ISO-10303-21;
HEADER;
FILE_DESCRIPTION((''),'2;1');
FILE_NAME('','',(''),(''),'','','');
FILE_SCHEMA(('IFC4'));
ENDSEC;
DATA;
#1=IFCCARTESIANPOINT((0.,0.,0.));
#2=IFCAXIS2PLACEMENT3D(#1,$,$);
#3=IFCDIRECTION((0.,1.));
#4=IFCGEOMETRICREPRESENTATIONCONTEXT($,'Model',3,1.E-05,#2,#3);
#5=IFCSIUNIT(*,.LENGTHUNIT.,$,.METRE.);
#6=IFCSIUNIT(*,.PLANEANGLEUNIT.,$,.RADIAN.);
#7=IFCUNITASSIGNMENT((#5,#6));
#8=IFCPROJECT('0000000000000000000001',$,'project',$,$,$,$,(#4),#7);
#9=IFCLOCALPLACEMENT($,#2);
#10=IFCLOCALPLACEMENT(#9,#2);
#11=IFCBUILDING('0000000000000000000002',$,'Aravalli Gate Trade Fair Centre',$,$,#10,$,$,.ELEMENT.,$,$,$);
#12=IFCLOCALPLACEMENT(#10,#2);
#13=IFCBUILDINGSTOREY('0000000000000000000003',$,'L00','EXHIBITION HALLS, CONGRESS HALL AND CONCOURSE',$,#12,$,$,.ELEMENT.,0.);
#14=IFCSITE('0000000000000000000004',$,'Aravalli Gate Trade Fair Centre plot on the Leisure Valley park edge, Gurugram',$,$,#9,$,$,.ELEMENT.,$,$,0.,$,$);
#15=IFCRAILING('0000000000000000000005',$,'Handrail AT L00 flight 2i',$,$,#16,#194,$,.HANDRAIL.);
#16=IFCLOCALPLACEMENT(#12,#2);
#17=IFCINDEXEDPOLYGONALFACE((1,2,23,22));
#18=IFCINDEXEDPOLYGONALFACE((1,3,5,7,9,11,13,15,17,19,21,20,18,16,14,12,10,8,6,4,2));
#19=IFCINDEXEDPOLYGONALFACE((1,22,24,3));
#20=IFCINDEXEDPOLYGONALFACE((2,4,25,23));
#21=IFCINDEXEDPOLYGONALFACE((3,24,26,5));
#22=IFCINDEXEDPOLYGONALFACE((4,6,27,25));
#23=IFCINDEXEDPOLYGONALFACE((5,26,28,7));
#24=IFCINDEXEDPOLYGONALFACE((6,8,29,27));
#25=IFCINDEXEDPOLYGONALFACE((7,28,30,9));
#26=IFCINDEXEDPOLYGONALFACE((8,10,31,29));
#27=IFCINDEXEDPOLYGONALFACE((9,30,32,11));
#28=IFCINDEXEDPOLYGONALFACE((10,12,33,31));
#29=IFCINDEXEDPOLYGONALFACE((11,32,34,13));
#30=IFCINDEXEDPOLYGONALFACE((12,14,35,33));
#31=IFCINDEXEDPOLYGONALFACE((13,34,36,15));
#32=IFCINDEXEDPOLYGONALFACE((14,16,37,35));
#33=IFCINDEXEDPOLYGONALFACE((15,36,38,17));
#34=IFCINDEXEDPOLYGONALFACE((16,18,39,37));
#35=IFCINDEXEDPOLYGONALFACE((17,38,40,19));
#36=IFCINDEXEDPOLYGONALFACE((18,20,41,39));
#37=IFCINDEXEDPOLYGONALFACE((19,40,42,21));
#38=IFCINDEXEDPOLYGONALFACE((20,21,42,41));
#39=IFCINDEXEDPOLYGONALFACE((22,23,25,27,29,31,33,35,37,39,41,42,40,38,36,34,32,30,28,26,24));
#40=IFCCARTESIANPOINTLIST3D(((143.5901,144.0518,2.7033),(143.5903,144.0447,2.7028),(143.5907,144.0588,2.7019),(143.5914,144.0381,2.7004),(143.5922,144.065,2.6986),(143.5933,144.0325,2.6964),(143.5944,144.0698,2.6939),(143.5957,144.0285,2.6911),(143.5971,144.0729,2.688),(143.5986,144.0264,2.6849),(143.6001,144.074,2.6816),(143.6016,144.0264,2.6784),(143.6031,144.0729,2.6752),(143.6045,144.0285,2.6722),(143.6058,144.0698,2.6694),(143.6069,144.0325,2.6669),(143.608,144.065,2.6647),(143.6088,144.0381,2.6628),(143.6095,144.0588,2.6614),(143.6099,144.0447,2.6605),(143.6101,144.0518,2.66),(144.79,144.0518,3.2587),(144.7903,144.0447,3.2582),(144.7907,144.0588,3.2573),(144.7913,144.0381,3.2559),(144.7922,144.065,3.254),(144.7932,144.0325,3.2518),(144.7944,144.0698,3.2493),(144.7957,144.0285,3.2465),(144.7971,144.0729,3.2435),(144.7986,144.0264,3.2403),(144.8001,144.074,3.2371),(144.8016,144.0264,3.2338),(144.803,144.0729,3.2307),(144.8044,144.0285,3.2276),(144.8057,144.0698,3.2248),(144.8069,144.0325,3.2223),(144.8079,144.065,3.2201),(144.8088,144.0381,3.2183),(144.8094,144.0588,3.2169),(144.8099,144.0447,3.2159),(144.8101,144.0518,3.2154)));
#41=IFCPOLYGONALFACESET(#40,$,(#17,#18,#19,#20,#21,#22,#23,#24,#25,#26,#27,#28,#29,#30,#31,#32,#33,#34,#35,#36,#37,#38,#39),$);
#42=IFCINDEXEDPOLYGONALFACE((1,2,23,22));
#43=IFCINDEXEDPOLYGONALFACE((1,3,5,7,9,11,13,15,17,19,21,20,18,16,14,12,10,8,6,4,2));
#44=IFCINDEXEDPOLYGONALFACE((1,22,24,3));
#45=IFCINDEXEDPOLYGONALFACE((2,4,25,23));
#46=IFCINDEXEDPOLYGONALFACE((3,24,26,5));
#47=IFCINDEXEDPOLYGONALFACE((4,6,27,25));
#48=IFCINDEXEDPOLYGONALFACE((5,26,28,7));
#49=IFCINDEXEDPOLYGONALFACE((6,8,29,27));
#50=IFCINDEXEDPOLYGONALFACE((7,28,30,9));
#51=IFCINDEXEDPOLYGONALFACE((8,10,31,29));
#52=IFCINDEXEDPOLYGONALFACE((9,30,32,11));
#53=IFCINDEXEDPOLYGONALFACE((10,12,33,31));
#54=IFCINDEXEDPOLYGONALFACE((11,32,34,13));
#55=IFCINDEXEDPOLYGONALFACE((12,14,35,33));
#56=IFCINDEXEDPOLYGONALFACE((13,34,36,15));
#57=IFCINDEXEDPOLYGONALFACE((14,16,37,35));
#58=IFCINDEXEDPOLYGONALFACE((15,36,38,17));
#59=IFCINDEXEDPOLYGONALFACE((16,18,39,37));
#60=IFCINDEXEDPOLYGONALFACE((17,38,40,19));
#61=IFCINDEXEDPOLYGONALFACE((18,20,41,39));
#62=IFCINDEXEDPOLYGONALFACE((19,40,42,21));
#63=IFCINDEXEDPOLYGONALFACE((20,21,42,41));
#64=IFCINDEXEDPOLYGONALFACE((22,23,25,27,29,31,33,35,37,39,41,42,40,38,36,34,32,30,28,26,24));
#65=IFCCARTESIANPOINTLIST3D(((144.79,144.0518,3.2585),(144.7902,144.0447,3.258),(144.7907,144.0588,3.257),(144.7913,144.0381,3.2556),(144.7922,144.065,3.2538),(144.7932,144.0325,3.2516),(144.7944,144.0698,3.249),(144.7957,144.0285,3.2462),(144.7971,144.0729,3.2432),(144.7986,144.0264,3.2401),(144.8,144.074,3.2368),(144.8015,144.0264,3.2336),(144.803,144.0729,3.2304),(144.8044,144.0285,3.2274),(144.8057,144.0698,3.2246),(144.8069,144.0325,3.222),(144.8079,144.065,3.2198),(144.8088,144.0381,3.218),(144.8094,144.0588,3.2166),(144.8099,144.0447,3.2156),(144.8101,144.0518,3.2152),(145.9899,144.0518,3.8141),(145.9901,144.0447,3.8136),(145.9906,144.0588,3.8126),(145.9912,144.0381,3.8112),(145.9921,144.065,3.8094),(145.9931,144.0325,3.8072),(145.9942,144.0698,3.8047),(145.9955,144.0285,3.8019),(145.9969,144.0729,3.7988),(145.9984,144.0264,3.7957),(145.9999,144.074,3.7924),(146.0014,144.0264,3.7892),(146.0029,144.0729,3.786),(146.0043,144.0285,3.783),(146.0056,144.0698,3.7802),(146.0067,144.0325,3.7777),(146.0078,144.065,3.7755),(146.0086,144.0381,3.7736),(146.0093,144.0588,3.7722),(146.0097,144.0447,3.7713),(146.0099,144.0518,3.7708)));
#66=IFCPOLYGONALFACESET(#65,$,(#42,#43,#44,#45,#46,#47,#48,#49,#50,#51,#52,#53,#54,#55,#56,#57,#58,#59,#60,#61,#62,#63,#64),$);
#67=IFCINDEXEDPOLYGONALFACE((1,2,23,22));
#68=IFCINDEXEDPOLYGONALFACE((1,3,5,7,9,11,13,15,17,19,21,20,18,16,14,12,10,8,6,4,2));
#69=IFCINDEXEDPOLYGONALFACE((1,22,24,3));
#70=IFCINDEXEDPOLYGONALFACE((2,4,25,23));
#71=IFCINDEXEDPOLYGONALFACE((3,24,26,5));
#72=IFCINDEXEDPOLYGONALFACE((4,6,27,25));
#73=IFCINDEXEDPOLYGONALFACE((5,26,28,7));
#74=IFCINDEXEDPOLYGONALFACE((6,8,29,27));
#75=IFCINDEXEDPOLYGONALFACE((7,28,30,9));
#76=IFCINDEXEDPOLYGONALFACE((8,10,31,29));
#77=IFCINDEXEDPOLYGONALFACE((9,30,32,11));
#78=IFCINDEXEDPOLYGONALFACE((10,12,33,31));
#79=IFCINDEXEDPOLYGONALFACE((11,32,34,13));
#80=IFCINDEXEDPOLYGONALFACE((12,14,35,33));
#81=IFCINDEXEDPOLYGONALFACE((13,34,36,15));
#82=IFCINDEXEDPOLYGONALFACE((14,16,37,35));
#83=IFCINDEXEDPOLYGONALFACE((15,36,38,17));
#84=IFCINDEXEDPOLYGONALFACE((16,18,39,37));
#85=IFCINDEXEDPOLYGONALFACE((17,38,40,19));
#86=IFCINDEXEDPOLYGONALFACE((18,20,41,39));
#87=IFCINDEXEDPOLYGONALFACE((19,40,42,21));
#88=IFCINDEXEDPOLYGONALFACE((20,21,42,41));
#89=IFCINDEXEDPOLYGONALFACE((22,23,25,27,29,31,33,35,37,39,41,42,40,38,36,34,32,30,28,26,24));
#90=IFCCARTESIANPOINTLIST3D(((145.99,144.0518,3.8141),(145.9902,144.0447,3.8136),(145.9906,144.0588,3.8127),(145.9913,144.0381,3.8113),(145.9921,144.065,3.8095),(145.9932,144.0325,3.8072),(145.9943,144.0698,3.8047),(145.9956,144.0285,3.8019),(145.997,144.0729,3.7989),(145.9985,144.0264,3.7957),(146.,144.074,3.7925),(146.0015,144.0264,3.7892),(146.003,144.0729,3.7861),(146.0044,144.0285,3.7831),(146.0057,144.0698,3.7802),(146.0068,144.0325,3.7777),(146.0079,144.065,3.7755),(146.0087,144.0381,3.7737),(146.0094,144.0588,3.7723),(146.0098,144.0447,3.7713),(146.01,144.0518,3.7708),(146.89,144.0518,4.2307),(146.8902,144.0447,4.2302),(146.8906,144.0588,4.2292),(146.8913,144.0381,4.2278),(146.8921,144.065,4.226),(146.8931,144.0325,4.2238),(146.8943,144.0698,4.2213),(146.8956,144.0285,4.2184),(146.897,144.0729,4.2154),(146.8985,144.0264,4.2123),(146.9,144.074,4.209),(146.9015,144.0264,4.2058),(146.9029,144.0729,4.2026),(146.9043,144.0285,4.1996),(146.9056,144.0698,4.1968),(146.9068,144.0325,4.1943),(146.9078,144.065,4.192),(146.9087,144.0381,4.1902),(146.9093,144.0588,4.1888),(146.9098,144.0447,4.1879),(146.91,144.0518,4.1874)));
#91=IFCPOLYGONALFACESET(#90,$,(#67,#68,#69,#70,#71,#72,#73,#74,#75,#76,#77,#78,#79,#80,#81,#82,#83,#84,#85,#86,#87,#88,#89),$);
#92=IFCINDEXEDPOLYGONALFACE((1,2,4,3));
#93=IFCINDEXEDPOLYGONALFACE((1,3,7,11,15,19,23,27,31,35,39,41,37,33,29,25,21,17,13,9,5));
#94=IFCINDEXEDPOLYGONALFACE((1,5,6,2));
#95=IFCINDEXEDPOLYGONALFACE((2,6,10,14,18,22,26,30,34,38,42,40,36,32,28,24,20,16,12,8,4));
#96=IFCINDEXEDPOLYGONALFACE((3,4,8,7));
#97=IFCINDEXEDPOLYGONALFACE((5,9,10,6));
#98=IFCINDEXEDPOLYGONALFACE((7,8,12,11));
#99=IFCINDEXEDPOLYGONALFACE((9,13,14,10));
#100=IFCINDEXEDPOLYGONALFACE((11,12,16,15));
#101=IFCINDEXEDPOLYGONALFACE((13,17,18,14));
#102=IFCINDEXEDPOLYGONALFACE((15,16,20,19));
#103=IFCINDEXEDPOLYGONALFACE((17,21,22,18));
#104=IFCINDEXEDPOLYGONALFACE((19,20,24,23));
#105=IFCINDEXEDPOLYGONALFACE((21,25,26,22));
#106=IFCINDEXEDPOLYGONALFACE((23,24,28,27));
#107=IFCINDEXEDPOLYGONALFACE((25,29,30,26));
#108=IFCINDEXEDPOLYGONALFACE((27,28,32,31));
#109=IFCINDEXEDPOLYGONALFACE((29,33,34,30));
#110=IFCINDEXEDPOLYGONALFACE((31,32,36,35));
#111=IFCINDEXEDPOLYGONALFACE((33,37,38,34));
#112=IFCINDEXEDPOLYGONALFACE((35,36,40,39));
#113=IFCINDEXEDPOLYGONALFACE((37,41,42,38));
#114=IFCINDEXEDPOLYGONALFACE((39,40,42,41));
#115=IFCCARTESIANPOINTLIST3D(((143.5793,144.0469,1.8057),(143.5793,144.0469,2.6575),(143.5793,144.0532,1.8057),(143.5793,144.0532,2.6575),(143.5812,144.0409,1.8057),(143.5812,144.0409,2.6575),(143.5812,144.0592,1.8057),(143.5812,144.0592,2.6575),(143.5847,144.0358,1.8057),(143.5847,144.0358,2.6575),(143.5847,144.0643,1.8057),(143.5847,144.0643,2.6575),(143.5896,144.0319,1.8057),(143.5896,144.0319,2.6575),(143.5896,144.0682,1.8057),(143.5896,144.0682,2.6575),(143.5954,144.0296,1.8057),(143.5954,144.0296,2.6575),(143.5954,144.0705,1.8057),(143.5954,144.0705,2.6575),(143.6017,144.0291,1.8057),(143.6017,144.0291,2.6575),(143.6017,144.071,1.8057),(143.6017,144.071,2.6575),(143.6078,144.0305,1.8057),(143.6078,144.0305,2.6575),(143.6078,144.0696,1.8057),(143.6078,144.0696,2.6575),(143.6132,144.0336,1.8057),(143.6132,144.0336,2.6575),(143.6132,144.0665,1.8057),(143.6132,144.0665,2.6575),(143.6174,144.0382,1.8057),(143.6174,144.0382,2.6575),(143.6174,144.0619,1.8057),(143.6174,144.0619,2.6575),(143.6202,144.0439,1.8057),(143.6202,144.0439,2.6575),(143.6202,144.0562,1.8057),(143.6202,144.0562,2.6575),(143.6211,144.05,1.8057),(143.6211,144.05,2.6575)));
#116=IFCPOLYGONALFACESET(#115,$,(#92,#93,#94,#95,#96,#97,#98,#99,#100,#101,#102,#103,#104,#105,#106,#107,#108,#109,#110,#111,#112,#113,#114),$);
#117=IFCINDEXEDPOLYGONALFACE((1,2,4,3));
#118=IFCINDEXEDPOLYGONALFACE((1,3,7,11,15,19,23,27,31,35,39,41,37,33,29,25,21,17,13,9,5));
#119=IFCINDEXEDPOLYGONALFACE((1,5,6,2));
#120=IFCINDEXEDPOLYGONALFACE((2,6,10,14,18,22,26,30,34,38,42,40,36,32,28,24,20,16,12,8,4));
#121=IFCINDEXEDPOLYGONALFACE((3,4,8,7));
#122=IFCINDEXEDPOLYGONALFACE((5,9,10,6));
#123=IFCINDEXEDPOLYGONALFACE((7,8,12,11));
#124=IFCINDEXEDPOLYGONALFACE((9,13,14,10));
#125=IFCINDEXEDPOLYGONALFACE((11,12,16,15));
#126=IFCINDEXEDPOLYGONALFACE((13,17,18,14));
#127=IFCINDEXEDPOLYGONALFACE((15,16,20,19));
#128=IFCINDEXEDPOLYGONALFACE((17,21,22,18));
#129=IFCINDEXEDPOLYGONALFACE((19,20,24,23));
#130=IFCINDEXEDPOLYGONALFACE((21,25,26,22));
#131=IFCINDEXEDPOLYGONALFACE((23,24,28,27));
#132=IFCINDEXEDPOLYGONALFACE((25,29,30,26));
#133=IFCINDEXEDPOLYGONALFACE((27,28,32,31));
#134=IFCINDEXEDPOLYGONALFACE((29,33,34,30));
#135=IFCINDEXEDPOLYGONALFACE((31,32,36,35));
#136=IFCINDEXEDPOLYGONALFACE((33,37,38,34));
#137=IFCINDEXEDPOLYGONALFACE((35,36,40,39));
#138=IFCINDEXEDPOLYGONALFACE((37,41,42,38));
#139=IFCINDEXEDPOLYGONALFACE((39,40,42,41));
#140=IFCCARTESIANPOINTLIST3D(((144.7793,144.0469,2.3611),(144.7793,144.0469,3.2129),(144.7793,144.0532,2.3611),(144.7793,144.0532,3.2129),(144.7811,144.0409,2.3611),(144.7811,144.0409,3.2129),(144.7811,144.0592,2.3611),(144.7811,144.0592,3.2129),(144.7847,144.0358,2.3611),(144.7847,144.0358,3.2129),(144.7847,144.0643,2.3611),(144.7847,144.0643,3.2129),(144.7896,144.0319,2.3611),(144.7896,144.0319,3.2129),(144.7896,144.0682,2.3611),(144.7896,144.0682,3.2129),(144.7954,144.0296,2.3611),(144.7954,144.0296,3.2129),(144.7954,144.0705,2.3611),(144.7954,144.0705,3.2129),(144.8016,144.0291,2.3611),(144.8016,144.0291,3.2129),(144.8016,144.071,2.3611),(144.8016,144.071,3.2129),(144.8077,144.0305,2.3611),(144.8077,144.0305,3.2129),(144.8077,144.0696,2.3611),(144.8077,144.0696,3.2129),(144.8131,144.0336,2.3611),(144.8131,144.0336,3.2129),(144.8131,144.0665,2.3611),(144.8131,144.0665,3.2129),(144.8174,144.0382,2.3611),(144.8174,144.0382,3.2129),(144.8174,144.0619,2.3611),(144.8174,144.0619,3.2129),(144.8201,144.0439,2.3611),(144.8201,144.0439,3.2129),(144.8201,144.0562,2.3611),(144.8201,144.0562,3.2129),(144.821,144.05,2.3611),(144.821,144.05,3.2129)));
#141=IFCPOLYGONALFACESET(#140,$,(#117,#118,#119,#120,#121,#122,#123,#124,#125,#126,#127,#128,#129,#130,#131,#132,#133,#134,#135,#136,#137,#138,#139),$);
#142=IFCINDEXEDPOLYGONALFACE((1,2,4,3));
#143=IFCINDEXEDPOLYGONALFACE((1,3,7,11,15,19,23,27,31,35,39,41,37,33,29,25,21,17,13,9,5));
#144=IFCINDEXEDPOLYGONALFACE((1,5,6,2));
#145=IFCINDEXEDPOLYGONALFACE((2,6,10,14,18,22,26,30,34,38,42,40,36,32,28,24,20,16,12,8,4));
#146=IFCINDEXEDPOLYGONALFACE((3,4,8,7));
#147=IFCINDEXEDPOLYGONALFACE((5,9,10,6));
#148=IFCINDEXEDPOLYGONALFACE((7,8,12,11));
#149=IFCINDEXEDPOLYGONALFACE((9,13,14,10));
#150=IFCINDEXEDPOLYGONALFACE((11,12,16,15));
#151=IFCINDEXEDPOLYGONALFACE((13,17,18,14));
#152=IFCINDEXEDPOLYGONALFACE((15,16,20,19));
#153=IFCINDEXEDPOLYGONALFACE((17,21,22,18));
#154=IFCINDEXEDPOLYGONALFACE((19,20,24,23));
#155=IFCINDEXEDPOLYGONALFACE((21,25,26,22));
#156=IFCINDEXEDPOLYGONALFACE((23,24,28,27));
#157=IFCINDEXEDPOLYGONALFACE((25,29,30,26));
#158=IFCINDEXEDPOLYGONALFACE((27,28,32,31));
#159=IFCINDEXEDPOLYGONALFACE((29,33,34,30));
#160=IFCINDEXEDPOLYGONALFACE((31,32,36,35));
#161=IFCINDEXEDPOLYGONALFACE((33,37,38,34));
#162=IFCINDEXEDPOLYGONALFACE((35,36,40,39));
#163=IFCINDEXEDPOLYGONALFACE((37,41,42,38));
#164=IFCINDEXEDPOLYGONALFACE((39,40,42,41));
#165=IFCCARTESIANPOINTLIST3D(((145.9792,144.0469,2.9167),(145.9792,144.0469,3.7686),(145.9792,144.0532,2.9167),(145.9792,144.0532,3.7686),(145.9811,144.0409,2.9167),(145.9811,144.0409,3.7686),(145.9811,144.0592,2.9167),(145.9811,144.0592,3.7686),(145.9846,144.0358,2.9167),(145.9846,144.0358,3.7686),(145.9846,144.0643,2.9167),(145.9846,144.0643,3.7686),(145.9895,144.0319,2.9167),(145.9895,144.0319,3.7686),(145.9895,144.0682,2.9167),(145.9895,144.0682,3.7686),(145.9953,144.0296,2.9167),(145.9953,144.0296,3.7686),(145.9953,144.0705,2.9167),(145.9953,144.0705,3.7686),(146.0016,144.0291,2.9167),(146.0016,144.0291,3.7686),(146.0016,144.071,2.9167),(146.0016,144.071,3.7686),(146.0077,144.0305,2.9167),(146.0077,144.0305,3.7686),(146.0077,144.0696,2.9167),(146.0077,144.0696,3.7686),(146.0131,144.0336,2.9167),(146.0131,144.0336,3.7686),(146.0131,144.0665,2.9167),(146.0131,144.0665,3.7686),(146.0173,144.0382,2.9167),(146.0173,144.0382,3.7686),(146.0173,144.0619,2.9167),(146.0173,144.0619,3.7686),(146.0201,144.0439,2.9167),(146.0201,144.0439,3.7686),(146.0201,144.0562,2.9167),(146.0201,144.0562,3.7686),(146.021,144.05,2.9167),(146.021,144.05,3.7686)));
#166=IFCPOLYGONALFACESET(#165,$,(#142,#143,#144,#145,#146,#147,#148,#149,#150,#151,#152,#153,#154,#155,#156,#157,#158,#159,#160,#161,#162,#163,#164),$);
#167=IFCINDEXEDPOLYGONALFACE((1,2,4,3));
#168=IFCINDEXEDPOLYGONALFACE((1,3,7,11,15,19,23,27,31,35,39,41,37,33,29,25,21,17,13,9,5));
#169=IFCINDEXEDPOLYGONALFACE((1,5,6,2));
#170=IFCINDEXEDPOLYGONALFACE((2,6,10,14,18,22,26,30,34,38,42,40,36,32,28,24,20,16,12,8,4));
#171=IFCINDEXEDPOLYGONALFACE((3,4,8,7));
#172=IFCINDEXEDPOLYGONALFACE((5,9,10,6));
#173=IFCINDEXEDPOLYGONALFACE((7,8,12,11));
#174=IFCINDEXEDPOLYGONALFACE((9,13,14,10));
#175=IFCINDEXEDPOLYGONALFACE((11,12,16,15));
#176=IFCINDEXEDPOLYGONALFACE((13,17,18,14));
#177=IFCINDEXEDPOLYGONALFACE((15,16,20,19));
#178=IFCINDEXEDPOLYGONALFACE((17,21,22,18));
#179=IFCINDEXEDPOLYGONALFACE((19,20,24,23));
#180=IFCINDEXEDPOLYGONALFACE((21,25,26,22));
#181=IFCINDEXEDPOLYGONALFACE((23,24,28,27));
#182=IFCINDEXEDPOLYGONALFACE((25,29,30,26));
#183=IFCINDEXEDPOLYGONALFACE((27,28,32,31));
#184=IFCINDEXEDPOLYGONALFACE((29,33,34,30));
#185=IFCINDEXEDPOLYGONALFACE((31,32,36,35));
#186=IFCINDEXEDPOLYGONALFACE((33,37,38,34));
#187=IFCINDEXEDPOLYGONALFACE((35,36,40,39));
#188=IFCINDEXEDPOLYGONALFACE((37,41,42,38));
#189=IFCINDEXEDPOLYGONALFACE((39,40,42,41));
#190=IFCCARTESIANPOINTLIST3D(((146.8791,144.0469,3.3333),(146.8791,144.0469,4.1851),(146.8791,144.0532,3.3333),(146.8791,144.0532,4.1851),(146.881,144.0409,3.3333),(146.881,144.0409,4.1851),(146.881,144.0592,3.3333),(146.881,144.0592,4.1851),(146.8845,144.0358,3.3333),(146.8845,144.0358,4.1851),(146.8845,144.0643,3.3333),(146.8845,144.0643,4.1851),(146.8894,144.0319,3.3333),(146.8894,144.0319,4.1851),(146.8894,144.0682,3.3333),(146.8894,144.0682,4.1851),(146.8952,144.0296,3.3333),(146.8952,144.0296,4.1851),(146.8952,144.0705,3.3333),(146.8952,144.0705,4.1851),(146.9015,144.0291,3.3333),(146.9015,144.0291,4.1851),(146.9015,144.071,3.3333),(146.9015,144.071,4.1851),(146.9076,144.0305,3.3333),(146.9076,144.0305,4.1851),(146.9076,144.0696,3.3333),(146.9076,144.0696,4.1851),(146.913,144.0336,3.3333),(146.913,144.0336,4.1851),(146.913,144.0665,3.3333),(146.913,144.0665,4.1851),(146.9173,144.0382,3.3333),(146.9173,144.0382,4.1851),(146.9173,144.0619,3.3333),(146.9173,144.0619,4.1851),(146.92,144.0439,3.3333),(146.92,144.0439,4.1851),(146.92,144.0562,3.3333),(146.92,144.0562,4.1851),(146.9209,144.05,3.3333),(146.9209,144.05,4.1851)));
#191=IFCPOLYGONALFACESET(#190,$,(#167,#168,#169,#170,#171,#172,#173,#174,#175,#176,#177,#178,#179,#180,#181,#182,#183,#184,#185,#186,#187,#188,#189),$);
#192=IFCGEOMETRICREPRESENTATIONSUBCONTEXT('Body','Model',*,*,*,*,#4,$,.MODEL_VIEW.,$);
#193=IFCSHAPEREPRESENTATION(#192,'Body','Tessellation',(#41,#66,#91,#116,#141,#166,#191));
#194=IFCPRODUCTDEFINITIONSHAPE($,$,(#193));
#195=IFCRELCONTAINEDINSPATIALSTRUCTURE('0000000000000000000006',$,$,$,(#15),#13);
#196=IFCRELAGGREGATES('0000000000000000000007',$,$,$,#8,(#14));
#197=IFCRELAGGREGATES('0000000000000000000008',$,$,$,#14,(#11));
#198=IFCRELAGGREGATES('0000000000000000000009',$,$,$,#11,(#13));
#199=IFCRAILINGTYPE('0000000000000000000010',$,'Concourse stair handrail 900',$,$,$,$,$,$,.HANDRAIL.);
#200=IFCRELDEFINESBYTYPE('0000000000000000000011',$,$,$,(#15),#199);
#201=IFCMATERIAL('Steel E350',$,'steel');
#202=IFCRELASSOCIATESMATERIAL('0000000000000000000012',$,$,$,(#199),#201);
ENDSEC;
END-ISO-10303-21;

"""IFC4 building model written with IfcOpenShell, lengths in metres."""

from ifc_helpers import new_model, si_unit, direction, frame, origin, origin_2d, place, context, subcontext, project, spatial, circle, extrude, material, type_object, element, save


model = new_model("IFC4")

# Units and contexts
model_context = context("Model", 3, precision=1e-05, world=origin(), true_north=direction((0.0, 1.0)))
body_context = subcontext(model_context, "Body", "Model", "MODEL_VIEW")
ifc_project = project(units=[si_unit("LENGTHUNIT", "METRE"), si_unit("PLANEANGLEUNIT", "RADIAN")], contexts=[model_context])

# Site, building, storey
site_placement = place(None, origin())
site = spatial("IfcSite", under=ifc_project, at=site_placement, Name="Aravalli Gate Trade Fair Centre plot on the Leisure Valley park edge, Gurugram", CompositionType="ELEMENT", RefElevation=0.0)
building_placement = place(site_placement, origin())
building = spatial("IfcBuilding", under=site, at=building_placement, Name="Aravalli Gate Trade Fair Centre", CompositionType="ELEMENT")
storey_placement = place(building_placement, origin())
storey = spatial("IfcBuildingStorey", under=building, at=storey_placement, Name="L00", Description="EXHIBITION HALLS, CONGRESS HALL AND CONCOURSE", CompositionType="ELEMENT", Elevation=0.0)

# Shared definitions
ifc_material_1 = material(Name="Steel E350", Category="steel")

# Railing
railing_type_1 = type_object("IfcRailingType", Name="Concourse stair handrail 900", PredefinedType="HANDRAIL", material=ifc_material_1)
for number, where, name in (
    (1, (143.6001, 144.05, 1.8057), "Handrail AT L00 flight 2i"),
):
    element("IfcRailing", number, at=place(storey_placement, frame(where)), inside=storey, type_object=railing_type_1, Name=name, PredefinedType="HANDRAIL", context=body_context, shape_type="SweptSolid", body=[
        extrude(circle(Radius=0.0239, at=origin_2d()), frame((0.0, 0.0, 0.876), z_axis=(0.907499, 0.0, 0.420053), x_axis=(0.0, 1.0, 0.0)), (0.0, 0.0, 1.0), 1.3223),
        extrude(circle(Radius=0.0239, at=origin_2d()), frame((1.2, 0.0, 1.4312), z_axis=(0.907429, 0.0, 0.420205), x_axis=(0.0, 1.0, 0.0)), (0.0, 0.0, 1.0), 1.3223),
        extrude(circle(Radius=0.0239, at=origin_2d()), frame((2.3999, 0.0, 1.9868), z_axis=(0.907512, 0.0, 0.420026), x_axis=(0.0, 1.0, 0.0)), (0.0, 0.0, 1.0), 0.9917),
        extrude(circle(Radius=0.021, at=origin_2d()), origin(), (0.0, 0.0, 1.0), 0.8518),
        extrude(circle(Radius=0.021, at=origin_2d()), frame((1.2, 0.0, 0.5554)), (0.0, 0.0, 1.0), 0.8518),
        extrude(circle(Radius=0.021, at=origin_2d()), frame((2.3999, 0.0, 1.1111)), (0.0, 0.0, 1.0), 0.8518),
        extrude(circle(Radius=0.021, at=origin_2d()), frame((3.2998, 0.0, 1.5276)), (0.0, 0.0, 1.0), 0.8518),
    ])

save(model, "model.ifc")
